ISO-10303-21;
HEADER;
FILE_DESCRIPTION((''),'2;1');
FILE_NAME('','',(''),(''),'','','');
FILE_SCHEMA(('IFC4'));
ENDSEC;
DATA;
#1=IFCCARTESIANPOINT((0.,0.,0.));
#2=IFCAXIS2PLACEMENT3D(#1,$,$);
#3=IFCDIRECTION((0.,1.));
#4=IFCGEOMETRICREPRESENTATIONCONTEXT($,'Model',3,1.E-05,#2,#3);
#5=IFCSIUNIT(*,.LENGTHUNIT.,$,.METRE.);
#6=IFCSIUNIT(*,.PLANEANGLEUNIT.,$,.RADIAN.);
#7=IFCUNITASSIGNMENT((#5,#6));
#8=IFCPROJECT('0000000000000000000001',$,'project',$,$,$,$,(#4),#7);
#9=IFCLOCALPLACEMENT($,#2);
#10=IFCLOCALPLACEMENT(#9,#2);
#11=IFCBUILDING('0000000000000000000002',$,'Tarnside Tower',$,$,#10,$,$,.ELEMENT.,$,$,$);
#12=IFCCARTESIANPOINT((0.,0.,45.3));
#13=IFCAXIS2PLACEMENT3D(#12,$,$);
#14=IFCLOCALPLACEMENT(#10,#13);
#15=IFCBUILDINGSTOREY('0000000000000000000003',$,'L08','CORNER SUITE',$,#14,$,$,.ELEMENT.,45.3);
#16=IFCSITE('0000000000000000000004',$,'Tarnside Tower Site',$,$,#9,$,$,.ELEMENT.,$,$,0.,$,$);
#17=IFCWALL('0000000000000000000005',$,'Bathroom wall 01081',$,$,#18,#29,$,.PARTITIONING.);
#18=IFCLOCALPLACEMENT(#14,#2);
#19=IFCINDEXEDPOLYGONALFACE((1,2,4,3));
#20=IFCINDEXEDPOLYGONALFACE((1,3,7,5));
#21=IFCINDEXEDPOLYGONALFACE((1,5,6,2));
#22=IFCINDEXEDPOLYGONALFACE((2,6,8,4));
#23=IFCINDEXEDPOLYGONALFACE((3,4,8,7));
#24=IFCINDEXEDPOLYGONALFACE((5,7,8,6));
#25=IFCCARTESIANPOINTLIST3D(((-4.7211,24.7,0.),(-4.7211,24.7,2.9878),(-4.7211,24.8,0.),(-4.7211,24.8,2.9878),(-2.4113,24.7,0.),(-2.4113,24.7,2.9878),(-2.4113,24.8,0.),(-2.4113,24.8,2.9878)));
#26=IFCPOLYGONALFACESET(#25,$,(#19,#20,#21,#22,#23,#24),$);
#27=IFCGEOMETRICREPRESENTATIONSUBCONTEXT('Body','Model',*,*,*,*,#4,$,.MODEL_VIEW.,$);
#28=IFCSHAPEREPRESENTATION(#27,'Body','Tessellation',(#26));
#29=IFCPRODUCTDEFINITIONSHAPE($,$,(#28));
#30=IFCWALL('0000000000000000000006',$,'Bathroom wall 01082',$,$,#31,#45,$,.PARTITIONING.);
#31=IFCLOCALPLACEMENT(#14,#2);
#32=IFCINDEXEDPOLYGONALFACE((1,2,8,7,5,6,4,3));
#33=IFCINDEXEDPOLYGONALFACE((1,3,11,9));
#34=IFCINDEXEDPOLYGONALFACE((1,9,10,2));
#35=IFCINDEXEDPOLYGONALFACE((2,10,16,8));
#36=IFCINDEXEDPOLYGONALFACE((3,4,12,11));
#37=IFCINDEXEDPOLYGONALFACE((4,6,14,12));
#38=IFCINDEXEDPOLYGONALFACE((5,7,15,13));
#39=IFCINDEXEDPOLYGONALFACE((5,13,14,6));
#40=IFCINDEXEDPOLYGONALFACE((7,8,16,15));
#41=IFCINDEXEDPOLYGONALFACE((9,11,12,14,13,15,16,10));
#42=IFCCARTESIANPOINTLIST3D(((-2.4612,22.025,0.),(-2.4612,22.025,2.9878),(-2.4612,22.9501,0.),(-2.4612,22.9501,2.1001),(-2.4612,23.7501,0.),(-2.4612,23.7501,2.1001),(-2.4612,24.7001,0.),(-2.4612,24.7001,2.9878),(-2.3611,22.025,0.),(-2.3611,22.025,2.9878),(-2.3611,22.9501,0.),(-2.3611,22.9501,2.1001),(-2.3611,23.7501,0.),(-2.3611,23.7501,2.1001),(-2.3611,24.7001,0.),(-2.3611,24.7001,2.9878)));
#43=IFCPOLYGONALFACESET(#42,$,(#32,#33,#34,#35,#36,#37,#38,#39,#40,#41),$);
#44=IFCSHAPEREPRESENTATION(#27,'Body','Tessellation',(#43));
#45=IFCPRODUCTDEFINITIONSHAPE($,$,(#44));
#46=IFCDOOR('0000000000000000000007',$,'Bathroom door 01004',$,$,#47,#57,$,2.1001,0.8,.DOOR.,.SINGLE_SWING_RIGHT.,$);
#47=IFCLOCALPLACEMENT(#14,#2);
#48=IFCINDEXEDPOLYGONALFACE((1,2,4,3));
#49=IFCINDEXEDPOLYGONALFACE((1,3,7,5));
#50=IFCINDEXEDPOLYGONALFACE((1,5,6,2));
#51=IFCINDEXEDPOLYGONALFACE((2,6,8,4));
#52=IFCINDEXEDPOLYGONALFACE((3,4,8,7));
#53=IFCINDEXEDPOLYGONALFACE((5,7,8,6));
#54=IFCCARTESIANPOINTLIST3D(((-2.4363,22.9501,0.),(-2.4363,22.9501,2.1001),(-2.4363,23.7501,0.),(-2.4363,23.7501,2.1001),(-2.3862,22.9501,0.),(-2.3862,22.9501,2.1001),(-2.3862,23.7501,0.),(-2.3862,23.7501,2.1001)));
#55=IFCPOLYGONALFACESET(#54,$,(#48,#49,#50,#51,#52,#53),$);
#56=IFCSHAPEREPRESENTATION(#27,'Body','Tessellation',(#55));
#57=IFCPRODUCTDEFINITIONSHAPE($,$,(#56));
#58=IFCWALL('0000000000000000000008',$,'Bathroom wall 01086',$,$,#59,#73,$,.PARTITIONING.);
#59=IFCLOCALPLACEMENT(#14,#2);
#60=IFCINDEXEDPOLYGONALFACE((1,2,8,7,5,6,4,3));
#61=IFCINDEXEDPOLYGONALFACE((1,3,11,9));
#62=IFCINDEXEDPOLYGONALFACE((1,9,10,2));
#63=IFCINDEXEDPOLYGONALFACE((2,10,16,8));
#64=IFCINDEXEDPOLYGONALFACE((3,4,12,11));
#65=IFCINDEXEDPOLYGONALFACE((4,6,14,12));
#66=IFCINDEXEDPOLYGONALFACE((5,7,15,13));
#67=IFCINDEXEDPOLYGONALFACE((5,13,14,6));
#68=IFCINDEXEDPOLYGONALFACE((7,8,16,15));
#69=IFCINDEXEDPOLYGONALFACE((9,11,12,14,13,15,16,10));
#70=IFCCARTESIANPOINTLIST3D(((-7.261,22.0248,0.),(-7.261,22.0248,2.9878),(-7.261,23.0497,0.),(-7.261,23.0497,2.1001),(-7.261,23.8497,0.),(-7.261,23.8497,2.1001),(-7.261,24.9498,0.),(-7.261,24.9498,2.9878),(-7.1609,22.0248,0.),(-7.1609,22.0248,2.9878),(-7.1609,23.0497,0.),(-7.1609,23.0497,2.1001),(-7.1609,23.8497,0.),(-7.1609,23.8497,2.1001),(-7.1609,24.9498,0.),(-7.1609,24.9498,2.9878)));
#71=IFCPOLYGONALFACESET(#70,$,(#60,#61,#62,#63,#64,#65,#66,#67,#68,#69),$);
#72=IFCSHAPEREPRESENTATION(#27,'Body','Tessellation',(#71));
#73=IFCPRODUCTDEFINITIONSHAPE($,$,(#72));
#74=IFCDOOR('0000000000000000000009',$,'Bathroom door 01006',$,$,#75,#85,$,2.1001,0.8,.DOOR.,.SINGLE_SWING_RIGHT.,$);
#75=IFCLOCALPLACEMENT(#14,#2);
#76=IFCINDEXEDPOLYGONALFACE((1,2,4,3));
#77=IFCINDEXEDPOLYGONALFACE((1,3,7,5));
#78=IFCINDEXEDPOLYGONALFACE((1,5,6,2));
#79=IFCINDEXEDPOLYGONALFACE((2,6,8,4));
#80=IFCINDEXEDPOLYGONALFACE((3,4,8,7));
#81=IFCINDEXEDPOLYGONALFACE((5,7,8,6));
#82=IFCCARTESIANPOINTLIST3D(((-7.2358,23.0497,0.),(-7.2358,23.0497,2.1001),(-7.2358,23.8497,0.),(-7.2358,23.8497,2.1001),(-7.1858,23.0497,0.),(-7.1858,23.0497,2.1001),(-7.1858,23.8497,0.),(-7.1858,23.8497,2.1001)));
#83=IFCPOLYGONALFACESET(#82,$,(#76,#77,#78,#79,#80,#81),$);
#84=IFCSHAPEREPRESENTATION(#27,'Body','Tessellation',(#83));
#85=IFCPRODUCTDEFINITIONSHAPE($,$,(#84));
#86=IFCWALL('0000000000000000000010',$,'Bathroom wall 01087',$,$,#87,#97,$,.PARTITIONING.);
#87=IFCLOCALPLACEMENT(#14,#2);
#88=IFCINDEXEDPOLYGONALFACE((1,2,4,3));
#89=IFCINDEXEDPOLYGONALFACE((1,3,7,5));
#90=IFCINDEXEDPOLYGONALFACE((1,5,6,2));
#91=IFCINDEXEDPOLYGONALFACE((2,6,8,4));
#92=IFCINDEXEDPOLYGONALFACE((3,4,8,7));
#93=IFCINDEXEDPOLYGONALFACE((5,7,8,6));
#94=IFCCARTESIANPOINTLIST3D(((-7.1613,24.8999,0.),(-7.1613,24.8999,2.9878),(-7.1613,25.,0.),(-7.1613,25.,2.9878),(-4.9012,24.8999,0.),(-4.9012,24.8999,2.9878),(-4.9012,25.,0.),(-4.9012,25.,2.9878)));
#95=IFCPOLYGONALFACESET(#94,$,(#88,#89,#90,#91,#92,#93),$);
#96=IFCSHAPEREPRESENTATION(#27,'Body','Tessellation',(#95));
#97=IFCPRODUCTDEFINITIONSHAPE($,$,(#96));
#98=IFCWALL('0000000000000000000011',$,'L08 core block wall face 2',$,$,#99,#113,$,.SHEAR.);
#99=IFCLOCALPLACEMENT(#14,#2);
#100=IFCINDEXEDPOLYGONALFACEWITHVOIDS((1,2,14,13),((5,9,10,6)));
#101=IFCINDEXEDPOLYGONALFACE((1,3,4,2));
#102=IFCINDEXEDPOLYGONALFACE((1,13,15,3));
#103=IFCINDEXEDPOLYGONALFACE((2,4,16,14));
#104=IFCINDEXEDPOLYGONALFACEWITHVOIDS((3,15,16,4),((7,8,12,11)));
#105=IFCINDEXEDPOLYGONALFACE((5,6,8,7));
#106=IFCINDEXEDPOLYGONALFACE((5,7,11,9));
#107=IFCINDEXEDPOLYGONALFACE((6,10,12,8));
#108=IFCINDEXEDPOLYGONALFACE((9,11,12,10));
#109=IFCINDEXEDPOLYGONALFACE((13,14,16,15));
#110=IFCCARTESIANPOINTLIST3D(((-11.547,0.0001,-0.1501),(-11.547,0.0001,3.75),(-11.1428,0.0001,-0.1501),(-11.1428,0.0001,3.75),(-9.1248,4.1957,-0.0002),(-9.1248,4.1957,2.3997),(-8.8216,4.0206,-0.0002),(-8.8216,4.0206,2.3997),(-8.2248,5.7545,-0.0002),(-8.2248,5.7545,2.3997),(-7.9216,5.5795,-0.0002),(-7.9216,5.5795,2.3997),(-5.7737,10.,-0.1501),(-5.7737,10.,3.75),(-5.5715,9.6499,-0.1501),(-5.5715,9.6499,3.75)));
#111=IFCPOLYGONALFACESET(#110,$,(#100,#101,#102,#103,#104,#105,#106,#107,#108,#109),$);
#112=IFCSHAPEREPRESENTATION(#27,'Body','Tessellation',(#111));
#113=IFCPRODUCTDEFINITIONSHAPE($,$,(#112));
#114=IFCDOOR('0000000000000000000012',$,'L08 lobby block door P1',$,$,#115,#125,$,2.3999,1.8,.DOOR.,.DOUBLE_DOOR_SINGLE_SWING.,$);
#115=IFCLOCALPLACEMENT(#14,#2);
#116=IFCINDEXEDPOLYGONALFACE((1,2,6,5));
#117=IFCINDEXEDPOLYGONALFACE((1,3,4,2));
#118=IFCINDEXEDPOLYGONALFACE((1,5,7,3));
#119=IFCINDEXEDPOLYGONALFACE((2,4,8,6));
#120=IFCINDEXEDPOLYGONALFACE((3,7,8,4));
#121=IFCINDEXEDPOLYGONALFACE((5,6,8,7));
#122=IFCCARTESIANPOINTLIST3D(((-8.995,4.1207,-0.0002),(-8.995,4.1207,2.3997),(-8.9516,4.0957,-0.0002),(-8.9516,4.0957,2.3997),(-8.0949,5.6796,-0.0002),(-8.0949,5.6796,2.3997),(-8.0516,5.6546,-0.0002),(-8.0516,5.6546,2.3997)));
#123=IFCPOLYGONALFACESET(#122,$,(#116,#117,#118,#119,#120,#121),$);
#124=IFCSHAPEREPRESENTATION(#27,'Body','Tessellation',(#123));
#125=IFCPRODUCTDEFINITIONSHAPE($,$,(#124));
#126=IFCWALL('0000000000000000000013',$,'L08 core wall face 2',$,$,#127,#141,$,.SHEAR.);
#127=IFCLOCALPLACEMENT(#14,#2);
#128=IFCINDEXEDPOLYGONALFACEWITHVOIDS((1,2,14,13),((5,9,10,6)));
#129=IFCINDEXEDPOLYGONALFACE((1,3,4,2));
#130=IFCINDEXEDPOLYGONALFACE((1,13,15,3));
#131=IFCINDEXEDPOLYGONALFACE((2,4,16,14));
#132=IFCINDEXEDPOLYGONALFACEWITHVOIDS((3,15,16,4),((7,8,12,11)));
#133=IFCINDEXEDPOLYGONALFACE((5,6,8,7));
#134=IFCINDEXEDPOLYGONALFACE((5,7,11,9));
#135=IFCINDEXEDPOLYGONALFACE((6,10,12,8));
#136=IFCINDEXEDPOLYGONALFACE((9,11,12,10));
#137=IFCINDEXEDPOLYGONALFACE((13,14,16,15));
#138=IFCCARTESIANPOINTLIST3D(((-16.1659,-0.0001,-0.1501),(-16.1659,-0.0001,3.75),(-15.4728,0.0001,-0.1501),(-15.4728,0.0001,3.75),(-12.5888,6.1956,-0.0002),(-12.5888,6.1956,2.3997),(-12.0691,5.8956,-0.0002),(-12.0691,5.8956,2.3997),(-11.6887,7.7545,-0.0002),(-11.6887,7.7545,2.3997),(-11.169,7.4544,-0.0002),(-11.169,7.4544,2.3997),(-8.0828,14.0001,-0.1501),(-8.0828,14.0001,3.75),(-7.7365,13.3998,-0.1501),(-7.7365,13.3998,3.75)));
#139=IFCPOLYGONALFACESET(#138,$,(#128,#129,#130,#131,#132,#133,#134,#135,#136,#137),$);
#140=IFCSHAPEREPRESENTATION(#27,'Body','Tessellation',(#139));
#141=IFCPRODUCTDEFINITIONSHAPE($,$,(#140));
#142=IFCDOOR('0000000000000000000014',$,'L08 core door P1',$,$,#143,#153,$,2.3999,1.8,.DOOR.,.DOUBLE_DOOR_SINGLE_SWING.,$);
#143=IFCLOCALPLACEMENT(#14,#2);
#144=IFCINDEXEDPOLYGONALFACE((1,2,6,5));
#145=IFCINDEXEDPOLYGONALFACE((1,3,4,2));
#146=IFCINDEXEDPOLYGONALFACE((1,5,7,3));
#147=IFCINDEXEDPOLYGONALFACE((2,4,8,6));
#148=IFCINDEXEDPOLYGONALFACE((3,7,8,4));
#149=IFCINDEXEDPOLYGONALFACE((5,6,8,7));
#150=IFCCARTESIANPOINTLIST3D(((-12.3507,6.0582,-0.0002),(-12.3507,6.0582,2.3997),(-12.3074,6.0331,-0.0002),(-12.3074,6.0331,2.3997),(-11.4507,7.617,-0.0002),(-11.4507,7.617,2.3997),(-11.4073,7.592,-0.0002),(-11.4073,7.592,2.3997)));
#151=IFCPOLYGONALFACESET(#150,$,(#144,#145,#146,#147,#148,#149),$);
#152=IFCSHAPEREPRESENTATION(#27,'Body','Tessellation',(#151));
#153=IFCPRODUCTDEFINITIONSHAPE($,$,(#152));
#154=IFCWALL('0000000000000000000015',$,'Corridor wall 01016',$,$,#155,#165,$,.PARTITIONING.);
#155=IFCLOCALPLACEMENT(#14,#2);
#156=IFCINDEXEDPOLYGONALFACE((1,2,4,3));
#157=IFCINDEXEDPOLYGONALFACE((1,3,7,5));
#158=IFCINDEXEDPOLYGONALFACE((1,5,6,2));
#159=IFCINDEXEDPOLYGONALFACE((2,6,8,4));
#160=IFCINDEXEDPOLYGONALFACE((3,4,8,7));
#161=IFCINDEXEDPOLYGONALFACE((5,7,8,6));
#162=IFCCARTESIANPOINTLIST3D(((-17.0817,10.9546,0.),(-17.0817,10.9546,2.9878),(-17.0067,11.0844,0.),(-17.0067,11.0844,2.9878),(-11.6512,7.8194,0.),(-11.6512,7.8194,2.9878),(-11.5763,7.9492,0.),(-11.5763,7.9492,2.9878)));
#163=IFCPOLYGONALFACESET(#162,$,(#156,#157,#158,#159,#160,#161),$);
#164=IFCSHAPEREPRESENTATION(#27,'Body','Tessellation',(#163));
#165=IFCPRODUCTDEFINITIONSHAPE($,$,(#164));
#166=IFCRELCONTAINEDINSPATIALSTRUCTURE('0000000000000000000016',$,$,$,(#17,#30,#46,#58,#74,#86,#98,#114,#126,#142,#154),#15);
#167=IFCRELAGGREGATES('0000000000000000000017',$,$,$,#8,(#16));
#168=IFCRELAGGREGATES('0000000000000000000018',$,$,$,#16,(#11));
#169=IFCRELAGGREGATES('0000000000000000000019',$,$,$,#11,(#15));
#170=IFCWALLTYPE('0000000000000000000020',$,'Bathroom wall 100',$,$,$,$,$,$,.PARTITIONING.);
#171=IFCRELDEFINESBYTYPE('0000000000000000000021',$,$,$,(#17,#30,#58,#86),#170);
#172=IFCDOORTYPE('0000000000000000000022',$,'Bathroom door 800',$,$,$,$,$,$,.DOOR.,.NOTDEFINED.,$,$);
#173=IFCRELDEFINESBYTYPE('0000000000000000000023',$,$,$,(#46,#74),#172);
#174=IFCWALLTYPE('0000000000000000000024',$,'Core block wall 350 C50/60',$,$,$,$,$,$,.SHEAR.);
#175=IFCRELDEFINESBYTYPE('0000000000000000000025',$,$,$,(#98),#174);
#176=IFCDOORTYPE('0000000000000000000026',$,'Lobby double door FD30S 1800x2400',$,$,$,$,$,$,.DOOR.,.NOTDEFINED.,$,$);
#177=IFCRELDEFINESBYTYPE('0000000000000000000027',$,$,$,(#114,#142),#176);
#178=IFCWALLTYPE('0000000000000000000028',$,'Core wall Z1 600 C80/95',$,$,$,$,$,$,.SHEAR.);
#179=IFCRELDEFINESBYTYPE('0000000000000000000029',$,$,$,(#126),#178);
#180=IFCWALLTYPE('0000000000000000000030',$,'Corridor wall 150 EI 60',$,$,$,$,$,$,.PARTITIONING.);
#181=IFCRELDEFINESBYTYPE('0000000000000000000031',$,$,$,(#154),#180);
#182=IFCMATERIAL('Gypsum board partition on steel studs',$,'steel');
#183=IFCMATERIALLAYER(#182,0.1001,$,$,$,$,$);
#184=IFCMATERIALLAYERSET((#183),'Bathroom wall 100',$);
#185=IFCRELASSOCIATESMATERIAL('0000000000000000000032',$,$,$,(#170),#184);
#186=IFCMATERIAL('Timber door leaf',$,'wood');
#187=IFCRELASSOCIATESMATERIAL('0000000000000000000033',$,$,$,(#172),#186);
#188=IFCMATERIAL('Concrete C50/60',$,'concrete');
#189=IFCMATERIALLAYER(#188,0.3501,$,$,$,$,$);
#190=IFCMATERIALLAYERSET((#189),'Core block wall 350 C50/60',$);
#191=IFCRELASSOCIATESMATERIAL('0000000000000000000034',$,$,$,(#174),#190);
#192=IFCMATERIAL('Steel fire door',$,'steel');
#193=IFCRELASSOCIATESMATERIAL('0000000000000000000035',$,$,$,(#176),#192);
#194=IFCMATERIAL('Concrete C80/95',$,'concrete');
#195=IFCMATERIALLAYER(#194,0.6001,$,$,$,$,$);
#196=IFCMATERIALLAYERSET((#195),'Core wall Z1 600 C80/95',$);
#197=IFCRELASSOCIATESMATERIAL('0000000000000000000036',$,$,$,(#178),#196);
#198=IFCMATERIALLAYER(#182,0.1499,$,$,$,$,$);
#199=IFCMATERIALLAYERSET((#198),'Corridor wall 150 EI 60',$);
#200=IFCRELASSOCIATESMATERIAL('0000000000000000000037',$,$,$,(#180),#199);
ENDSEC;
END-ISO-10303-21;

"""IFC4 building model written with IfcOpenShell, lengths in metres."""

from ifc_helpers import new_model, si_unit, direction, frame, frame_2d, origin, place, context, subcontext, project, spatial, polyline, rectangle, outline, extrude, material, layer, layer_set, type_object, element, fill, save


model = new_model("IFC4")

# Units and contexts
model_context = context("Model", 3, precision=1e-05, world=origin(), true_north=direction((0.0, 1.0)))
body_context = subcontext(model_context, "Body", "Model", "MODEL_VIEW")
ifc_project = project(units=[si_unit("LENGTHUNIT", "METRE"), si_unit("PLANEANGLEUNIT", "RADIAN")], contexts=[model_context])

# Site, building, storey
site_placement = place(None, origin())
site = spatial("IfcSite", under=ifc_project, at=site_placement, Name="Tarnside Tower Site", CompositionType="ELEMENT", RefElevation=0.0)
building_placement = place(site_placement, origin())
building = spatial("IfcBuilding", under=site, at=building_placement, Name="Tarnside Tower", CompositionType="ELEMENT")
storey_placement = place(building_placement, frame((0.0, 0.0, 45.3)))
storey = spatial("IfcBuildingStorey", under=building, at=storey_placement, Name="L08", Description="CORNER SUITE", CompositionType="ELEMENT", Elevation=45.3)

# Wall
ifc_material_1 = material(Name="Gypsum board partition on steel studs", Category="steel")
ifc_layer_1 = layer(ifc_material_1, 0.1001)
ifc_layer_set_1 = layer_set([ifc_layer_1], Name="Bathroom wall 100")
wall_type_1 = type_object("IfcWallType", Name="Bathroom wall 100", PredefinedType="PARTITIONING", material=ifc_layer_set_1)
wall_1_placement = place(storey_placement, frame((-4.7209, 24.75, 0.0), z_axis=(0.0, 0.0, 1.0), x_axis=(1.0, 0.0, 0.0)))
element("IfcWall", 1, at=wall_1_placement, inside=storey, type_object=wall_type_1, Name="Bathroom wall 01081", PredefinedType="PARTITIONING", context=body_context, shape_type="SweptSolid", body=[
    extrude(rectangle(XDim=2.3098, YDim=0.1001, at=frame_2d((1.1548, 0.0))), origin(), (0.0, 0.0, 1.0), 2.9878),
])

# Walls, openings, doors
wall_2_placement = place(storey_placement, frame((-2.4111, 24.7, 0.0), z_axis=(0.0, 0.0, 1.0), x_axis=(0.0, -1.0, 0.0)))
wall_2 = element("IfcWall", 2, at=wall_2_placement, inside=storey, type_object=wall_type_1, Name="Bathroom wall 01082", PredefinedType="PARTITIONING", context=body_context, shape_type="SweptSolid", body=[
    extrude(rectangle(XDim=2.675, YDim=0.1001, at=frame_2d((1.3374, 0.0))), origin(), (0.0, 0.0, 1.0), 2.9878),
])
opening_1_placement = place(wall_2_placement, frame((0.95, 0.0, 0.0)))
opening_1 = element("IfcOpeningElement", 3, at=opening_1_placement, cuts=wall_2, PredefinedType="OPENING", context=body_context, shape_type="SweptSolid", body=[
    extrude(rectangle(XDim=0.8, YDim=2.1001, at=frame_2d((0.3999, 1.05))), frame((0.0, 0.0601, 0.0), z_axis=(0.0, -1.0, 0.0), x_axis=(1.0, 0.0, 0.0)), (0.0, 0.0, 1.0), 0.1201),
])
ifc_material_2 = material(Name="Timber door leaf", Category="wood")
door_type_1 = type_object("IfcDoorType", Name="Bathroom door 800", OperationType="NOTDEFINED", PredefinedType="DOOR", material=ifc_material_2)
door_1_placement = place(opening_1_placement, origin())
door_1 = element("IfcDoor", 4, at=door_1_placement, inside=storey, type_object=door_type_1, Name="Bathroom door 01004", OperationType="SINGLE_SWING_RIGHT", OverallHeight=2.1001, OverallWidth=0.8, PredefinedType="DOOR", context=body_context, shape_type="SweptSolid", body=[
    extrude(rectangle(XDim=0.8, YDim=2.1001, at=frame_2d((0.3999, 1.05))), frame((0.0, 0.0249, 0.0), z_axis=(0.0, -1.0, 0.0), x_axis=(1.0, 0.0, 0.0)), (0.0, 0.0, 1.0), 0.05),
])
fill(opening_1, door_1)
wall_3_placement = place(storey_placement, frame((-7.2109, 22.0249, 0.0), z_axis=(0.0, 0.0, 1.0), x_axis=(0.0, 1.0, 0.0)))
wall_3 = element("IfcWall", 5, at=wall_3_placement, inside=storey, type_object=wall_type_1, Name="Bathroom wall 01086", PredefinedType="PARTITIONING", context=body_context, shape_type="SweptSolid", body=[
    extrude(rectangle(XDim=2.925, YDim=0.1001, at=frame_2d((1.4624, 0.0))), origin(), (0.0, 0.0, 1.0), 2.9878),
])
opening_2_placement = place(wall_3_placement, frame((1.0249, 0.0, 0.0)))
opening_2 = element("IfcOpeningElement", 6, at=opening_2_placement, cuts=wall_3, PredefinedType="OPENING", context=body_context, shape_type="SweptSolid", body=[
    extrude(rectangle(XDim=0.8, YDim=2.1001, at=frame_2d((0.3999, 1.05))), frame((0.0, 0.0601, 0.0), z_axis=(0.0, -1.0, 0.0), x_axis=(1.0, 0.0, 0.0)), (0.0, 0.0, 1.0), 0.1201),
])
door_2_placement = place(opening_2_placement, origin())
door_2 = element("IfcDoor", 7, at=door_2_placement, inside=storey, type_object=door_type_1, Name="Bathroom door 01006", OperationType="SINGLE_SWING_RIGHT", OverallHeight=2.1001, OverallWidth=0.8, PredefinedType="DOOR", context=body_context, shape_type="SweptSolid", body=[
    extrude(rectangle(XDim=0.8, YDim=2.1001, at=frame_2d((0.3999, 1.05))), frame((0.0, 0.0249, 0.0), z_axis=(0.0, -1.0, 0.0), x_axis=(1.0, 0.0, 0.0)), (0.0, 0.0, 1.0), 0.05),
])
fill(opening_2, door_2)

# Wall
wall_4_placement = place(storey_placement, frame((-7.1611, 24.95, 0.0), z_axis=(0.0, 0.0, 1.0), x_axis=(1.0, 0.0, 0.0)))
element("IfcWall", 8, at=wall_4_placement, inside=storey, type_object=wall_type_1, Name="Bathroom wall 01087", PredefinedType="PARTITIONING", context=body_context, shape_type="SweptSolid", body=[
    extrude(rectangle(XDim=2.26, YDim=0.1001, at=frame_2d((1.1299, 0.0))), origin(), (0.0, 0.0, 1.0), 2.9878),
])

# Walls, openings, doors
ifc_material_3 = material(Name="Concrete C50/60", Category="concrete")
ifc_layer_2 = layer(ifc_material_3, 0.3501)
ifc_layer_set_2 = layer_set([ifc_layer_2], Name="Core block wall 350 C50/60")
wall_type_2 = type_object("IfcWallType", Name="Core block wall 350 C50/60", PredefinedType="SHEAR", material=ifc_layer_set_2)
wall_5_placement = place(storey_placement, frame((-5.6726, 9.825, -0.1501), z_axis=(0.0, 0.0, 1.0), x_axis=(-0.499995, -0.866028, 0.0)))
wall_5 = element("IfcWall", 9, at=wall_5_placement, inside=storey, type_object=wall_type_2, Name="L08 core block wall face 2", PredefinedType="SHEAR", context=body_context, shape_type="SweptSolid", body=[
    extrude(outline(polyline([(-0.1011, -0.175), (11.4458, -0.175), (11.2437, 0.175), (0.1011, 0.175), (-0.1011, -0.175)])), origin(), (0.0, 0.0, 1.0), 3.9001),
])
opening_3_placement = place(wall_5_placement, frame((4.8013, 0.0, 0.1499)))
opening_3 = element("IfcOpeningElement", 10, at=opening_3_placement, cuts=wall_5, PredefinedType="OPENING", context=body_context, shape_type="SweptSolid", body=[
    extrude(rectangle(XDim=1.8, YDim=2.3999, at=frame_2d((0.8999, 1.2))), frame((0.0, 0.1851, 0.0), z_axis=(0.0, -1.0, 0.0), x_axis=(1.0, 0.0, 0.0)), (0.0, 0.0, 1.0), 0.3701),
])
ifc_material_4 = material(Name="Steel fire door", Category="steel")
door_type_2 = type_object("IfcDoorType", Name="Lobby double door FD30S 1800x2400", OperationType="NOTDEFINED", PredefinedType="DOOR", material=ifc_material_4)
door_3_placement = place(opening_3_placement, origin())
door_3 = element("IfcDoor", 11, at=door_3_placement, inside=storey, type_object=door_type_2, Name="L08 lobby block door P1", OperationType="DOUBLE_DOOR_SINGLE_SWING", OverallHeight=2.3999, OverallWidth=1.8, PredefinedType="DOOR", context=body_context, shape_type="SweptSolid", body=[
    extrude(rectangle(XDim=1.8, YDim=2.3999, at=frame_2d((0.8999, 1.2))), frame((0.0, 0.0249, 0.0), z_axis=(0.0, -1.0, 0.0), x_axis=(1.0, 0.0, 0.0)), (0.0, 0.0, 1.0), 0.05),
])
fill(opening_3, door_3)
ifc_material_5 = material(Name="Concrete C80/95", Category="concrete")
ifc_layer_3 = layer(ifc_material_5, 0.6001)
ifc_layer_set_3 = layer_set([ifc_layer_3], Name="Core wall Z1 600 C80/95")
wall_type_3 = type_object("IfcWallType", Name="Core wall Z1 600 C80/95", PredefinedType="SHEAR", material=ifc_layer_set_3)
wall_6_placement = place(storey_placement, frame((-7.9097, 13.7, -0.1501), z_axis=(0.0, 0.0, 1.0), x_axis=(-0.5, -0.866025, 0.0)))
wall_6 = element("IfcWall", 12, at=wall_6_placement, inside=storey, type_object=wall_type_3, Name="L08 core wall face 2", PredefinedType="SHEAR", context=body_context, shape_type="SweptSolid", body=[
    extrude(outline(polyline([(-0.1733, -0.3), (15.9927, -0.3), (15.646, 0.3), (0.1733, 0.3), (-0.1733, -0.3)])), origin(), (0.0, 0.0, 1.0), 3.9001),
])
opening_4_placement = place(wall_6_placement, frame((7.0386, 0.0, 0.1499)))
opening_4 = element("IfcOpeningElement", 13, at=opening_4_placement, cuts=wall_6, PredefinedType="OPENING", context=body_context, shape_type="SweptSolid", body=[
    extrude(rectangle(XDim=1.8, YDim=2.3999, at=frame_2d((0.8999, 1.2))), frame((0.0, 0.3101, 0.0), z_axis=(0.0, -1.0, 0.0), x_axis=(1.0, 0.0, 0.0)), (0.0, 0.0, 1.0), 0.6201),
])
door_4_placement = place(opening_4_placement, origin())
door_4 = element("IfcDoor", 14, at=door_4_placement, inside=storey, type_object=door_type_2, Name="L08 core door P1", OperationType="DOUBLE_DOOR_SINGLE_SWING", OverallHeight=2.3999, OverallWidth=1.8, PredefinedType="DOOR", context=body_context, shape_type="SweptSolid", body=[
    extrude(rectangle(XDim=1.8, YDim=2.3999, at=frame_2d((0.8999, 1.2))), frame((0.0, 0.0249, 0.0), z_axis=(0.0, -1.0, 0.0), x_axis=(1.0, 0.0, 0.0)), (0.0, 0.0, 1.0), 0.05),
])
fill(opening_4, door_4)

# Wall
ifc_layer_4 = layer(ifc_material_1, 0.1499)
ifc_layer_set_4 = layer_set([ifc_layer_4], Name="Corridor wall 150 EI 60")
wall_type_4 = type_object("IfcWallType", Name="Corridor wall 150 EI 60", PredefinedType="PARTITIONING", material=ifc_layer_set_4)
wall_7_placement = place(storey_placement, frame((-11.6138, 7.8843, 0.0), z_axis=(0.0, 0.0, 1.0), x_axis=(-0.866025, 0.5, 0.0)))
element("IfcWall", 15, at=wall_7_placement, inside=storey, type_object=wall_type_4, Name="Corridor wall 01016", PredefinedType="PARTITIONING", context=body_context, shape_type="SweptSolid", body=[
    extrude(rectangle(XDim=6.2705, YDim=0.1499, at=frame_2d((3.1353, 0.0))), origin(), (0.0, 0.0, 1.0), 2.9878),
])

save(model, "model.ifc")
